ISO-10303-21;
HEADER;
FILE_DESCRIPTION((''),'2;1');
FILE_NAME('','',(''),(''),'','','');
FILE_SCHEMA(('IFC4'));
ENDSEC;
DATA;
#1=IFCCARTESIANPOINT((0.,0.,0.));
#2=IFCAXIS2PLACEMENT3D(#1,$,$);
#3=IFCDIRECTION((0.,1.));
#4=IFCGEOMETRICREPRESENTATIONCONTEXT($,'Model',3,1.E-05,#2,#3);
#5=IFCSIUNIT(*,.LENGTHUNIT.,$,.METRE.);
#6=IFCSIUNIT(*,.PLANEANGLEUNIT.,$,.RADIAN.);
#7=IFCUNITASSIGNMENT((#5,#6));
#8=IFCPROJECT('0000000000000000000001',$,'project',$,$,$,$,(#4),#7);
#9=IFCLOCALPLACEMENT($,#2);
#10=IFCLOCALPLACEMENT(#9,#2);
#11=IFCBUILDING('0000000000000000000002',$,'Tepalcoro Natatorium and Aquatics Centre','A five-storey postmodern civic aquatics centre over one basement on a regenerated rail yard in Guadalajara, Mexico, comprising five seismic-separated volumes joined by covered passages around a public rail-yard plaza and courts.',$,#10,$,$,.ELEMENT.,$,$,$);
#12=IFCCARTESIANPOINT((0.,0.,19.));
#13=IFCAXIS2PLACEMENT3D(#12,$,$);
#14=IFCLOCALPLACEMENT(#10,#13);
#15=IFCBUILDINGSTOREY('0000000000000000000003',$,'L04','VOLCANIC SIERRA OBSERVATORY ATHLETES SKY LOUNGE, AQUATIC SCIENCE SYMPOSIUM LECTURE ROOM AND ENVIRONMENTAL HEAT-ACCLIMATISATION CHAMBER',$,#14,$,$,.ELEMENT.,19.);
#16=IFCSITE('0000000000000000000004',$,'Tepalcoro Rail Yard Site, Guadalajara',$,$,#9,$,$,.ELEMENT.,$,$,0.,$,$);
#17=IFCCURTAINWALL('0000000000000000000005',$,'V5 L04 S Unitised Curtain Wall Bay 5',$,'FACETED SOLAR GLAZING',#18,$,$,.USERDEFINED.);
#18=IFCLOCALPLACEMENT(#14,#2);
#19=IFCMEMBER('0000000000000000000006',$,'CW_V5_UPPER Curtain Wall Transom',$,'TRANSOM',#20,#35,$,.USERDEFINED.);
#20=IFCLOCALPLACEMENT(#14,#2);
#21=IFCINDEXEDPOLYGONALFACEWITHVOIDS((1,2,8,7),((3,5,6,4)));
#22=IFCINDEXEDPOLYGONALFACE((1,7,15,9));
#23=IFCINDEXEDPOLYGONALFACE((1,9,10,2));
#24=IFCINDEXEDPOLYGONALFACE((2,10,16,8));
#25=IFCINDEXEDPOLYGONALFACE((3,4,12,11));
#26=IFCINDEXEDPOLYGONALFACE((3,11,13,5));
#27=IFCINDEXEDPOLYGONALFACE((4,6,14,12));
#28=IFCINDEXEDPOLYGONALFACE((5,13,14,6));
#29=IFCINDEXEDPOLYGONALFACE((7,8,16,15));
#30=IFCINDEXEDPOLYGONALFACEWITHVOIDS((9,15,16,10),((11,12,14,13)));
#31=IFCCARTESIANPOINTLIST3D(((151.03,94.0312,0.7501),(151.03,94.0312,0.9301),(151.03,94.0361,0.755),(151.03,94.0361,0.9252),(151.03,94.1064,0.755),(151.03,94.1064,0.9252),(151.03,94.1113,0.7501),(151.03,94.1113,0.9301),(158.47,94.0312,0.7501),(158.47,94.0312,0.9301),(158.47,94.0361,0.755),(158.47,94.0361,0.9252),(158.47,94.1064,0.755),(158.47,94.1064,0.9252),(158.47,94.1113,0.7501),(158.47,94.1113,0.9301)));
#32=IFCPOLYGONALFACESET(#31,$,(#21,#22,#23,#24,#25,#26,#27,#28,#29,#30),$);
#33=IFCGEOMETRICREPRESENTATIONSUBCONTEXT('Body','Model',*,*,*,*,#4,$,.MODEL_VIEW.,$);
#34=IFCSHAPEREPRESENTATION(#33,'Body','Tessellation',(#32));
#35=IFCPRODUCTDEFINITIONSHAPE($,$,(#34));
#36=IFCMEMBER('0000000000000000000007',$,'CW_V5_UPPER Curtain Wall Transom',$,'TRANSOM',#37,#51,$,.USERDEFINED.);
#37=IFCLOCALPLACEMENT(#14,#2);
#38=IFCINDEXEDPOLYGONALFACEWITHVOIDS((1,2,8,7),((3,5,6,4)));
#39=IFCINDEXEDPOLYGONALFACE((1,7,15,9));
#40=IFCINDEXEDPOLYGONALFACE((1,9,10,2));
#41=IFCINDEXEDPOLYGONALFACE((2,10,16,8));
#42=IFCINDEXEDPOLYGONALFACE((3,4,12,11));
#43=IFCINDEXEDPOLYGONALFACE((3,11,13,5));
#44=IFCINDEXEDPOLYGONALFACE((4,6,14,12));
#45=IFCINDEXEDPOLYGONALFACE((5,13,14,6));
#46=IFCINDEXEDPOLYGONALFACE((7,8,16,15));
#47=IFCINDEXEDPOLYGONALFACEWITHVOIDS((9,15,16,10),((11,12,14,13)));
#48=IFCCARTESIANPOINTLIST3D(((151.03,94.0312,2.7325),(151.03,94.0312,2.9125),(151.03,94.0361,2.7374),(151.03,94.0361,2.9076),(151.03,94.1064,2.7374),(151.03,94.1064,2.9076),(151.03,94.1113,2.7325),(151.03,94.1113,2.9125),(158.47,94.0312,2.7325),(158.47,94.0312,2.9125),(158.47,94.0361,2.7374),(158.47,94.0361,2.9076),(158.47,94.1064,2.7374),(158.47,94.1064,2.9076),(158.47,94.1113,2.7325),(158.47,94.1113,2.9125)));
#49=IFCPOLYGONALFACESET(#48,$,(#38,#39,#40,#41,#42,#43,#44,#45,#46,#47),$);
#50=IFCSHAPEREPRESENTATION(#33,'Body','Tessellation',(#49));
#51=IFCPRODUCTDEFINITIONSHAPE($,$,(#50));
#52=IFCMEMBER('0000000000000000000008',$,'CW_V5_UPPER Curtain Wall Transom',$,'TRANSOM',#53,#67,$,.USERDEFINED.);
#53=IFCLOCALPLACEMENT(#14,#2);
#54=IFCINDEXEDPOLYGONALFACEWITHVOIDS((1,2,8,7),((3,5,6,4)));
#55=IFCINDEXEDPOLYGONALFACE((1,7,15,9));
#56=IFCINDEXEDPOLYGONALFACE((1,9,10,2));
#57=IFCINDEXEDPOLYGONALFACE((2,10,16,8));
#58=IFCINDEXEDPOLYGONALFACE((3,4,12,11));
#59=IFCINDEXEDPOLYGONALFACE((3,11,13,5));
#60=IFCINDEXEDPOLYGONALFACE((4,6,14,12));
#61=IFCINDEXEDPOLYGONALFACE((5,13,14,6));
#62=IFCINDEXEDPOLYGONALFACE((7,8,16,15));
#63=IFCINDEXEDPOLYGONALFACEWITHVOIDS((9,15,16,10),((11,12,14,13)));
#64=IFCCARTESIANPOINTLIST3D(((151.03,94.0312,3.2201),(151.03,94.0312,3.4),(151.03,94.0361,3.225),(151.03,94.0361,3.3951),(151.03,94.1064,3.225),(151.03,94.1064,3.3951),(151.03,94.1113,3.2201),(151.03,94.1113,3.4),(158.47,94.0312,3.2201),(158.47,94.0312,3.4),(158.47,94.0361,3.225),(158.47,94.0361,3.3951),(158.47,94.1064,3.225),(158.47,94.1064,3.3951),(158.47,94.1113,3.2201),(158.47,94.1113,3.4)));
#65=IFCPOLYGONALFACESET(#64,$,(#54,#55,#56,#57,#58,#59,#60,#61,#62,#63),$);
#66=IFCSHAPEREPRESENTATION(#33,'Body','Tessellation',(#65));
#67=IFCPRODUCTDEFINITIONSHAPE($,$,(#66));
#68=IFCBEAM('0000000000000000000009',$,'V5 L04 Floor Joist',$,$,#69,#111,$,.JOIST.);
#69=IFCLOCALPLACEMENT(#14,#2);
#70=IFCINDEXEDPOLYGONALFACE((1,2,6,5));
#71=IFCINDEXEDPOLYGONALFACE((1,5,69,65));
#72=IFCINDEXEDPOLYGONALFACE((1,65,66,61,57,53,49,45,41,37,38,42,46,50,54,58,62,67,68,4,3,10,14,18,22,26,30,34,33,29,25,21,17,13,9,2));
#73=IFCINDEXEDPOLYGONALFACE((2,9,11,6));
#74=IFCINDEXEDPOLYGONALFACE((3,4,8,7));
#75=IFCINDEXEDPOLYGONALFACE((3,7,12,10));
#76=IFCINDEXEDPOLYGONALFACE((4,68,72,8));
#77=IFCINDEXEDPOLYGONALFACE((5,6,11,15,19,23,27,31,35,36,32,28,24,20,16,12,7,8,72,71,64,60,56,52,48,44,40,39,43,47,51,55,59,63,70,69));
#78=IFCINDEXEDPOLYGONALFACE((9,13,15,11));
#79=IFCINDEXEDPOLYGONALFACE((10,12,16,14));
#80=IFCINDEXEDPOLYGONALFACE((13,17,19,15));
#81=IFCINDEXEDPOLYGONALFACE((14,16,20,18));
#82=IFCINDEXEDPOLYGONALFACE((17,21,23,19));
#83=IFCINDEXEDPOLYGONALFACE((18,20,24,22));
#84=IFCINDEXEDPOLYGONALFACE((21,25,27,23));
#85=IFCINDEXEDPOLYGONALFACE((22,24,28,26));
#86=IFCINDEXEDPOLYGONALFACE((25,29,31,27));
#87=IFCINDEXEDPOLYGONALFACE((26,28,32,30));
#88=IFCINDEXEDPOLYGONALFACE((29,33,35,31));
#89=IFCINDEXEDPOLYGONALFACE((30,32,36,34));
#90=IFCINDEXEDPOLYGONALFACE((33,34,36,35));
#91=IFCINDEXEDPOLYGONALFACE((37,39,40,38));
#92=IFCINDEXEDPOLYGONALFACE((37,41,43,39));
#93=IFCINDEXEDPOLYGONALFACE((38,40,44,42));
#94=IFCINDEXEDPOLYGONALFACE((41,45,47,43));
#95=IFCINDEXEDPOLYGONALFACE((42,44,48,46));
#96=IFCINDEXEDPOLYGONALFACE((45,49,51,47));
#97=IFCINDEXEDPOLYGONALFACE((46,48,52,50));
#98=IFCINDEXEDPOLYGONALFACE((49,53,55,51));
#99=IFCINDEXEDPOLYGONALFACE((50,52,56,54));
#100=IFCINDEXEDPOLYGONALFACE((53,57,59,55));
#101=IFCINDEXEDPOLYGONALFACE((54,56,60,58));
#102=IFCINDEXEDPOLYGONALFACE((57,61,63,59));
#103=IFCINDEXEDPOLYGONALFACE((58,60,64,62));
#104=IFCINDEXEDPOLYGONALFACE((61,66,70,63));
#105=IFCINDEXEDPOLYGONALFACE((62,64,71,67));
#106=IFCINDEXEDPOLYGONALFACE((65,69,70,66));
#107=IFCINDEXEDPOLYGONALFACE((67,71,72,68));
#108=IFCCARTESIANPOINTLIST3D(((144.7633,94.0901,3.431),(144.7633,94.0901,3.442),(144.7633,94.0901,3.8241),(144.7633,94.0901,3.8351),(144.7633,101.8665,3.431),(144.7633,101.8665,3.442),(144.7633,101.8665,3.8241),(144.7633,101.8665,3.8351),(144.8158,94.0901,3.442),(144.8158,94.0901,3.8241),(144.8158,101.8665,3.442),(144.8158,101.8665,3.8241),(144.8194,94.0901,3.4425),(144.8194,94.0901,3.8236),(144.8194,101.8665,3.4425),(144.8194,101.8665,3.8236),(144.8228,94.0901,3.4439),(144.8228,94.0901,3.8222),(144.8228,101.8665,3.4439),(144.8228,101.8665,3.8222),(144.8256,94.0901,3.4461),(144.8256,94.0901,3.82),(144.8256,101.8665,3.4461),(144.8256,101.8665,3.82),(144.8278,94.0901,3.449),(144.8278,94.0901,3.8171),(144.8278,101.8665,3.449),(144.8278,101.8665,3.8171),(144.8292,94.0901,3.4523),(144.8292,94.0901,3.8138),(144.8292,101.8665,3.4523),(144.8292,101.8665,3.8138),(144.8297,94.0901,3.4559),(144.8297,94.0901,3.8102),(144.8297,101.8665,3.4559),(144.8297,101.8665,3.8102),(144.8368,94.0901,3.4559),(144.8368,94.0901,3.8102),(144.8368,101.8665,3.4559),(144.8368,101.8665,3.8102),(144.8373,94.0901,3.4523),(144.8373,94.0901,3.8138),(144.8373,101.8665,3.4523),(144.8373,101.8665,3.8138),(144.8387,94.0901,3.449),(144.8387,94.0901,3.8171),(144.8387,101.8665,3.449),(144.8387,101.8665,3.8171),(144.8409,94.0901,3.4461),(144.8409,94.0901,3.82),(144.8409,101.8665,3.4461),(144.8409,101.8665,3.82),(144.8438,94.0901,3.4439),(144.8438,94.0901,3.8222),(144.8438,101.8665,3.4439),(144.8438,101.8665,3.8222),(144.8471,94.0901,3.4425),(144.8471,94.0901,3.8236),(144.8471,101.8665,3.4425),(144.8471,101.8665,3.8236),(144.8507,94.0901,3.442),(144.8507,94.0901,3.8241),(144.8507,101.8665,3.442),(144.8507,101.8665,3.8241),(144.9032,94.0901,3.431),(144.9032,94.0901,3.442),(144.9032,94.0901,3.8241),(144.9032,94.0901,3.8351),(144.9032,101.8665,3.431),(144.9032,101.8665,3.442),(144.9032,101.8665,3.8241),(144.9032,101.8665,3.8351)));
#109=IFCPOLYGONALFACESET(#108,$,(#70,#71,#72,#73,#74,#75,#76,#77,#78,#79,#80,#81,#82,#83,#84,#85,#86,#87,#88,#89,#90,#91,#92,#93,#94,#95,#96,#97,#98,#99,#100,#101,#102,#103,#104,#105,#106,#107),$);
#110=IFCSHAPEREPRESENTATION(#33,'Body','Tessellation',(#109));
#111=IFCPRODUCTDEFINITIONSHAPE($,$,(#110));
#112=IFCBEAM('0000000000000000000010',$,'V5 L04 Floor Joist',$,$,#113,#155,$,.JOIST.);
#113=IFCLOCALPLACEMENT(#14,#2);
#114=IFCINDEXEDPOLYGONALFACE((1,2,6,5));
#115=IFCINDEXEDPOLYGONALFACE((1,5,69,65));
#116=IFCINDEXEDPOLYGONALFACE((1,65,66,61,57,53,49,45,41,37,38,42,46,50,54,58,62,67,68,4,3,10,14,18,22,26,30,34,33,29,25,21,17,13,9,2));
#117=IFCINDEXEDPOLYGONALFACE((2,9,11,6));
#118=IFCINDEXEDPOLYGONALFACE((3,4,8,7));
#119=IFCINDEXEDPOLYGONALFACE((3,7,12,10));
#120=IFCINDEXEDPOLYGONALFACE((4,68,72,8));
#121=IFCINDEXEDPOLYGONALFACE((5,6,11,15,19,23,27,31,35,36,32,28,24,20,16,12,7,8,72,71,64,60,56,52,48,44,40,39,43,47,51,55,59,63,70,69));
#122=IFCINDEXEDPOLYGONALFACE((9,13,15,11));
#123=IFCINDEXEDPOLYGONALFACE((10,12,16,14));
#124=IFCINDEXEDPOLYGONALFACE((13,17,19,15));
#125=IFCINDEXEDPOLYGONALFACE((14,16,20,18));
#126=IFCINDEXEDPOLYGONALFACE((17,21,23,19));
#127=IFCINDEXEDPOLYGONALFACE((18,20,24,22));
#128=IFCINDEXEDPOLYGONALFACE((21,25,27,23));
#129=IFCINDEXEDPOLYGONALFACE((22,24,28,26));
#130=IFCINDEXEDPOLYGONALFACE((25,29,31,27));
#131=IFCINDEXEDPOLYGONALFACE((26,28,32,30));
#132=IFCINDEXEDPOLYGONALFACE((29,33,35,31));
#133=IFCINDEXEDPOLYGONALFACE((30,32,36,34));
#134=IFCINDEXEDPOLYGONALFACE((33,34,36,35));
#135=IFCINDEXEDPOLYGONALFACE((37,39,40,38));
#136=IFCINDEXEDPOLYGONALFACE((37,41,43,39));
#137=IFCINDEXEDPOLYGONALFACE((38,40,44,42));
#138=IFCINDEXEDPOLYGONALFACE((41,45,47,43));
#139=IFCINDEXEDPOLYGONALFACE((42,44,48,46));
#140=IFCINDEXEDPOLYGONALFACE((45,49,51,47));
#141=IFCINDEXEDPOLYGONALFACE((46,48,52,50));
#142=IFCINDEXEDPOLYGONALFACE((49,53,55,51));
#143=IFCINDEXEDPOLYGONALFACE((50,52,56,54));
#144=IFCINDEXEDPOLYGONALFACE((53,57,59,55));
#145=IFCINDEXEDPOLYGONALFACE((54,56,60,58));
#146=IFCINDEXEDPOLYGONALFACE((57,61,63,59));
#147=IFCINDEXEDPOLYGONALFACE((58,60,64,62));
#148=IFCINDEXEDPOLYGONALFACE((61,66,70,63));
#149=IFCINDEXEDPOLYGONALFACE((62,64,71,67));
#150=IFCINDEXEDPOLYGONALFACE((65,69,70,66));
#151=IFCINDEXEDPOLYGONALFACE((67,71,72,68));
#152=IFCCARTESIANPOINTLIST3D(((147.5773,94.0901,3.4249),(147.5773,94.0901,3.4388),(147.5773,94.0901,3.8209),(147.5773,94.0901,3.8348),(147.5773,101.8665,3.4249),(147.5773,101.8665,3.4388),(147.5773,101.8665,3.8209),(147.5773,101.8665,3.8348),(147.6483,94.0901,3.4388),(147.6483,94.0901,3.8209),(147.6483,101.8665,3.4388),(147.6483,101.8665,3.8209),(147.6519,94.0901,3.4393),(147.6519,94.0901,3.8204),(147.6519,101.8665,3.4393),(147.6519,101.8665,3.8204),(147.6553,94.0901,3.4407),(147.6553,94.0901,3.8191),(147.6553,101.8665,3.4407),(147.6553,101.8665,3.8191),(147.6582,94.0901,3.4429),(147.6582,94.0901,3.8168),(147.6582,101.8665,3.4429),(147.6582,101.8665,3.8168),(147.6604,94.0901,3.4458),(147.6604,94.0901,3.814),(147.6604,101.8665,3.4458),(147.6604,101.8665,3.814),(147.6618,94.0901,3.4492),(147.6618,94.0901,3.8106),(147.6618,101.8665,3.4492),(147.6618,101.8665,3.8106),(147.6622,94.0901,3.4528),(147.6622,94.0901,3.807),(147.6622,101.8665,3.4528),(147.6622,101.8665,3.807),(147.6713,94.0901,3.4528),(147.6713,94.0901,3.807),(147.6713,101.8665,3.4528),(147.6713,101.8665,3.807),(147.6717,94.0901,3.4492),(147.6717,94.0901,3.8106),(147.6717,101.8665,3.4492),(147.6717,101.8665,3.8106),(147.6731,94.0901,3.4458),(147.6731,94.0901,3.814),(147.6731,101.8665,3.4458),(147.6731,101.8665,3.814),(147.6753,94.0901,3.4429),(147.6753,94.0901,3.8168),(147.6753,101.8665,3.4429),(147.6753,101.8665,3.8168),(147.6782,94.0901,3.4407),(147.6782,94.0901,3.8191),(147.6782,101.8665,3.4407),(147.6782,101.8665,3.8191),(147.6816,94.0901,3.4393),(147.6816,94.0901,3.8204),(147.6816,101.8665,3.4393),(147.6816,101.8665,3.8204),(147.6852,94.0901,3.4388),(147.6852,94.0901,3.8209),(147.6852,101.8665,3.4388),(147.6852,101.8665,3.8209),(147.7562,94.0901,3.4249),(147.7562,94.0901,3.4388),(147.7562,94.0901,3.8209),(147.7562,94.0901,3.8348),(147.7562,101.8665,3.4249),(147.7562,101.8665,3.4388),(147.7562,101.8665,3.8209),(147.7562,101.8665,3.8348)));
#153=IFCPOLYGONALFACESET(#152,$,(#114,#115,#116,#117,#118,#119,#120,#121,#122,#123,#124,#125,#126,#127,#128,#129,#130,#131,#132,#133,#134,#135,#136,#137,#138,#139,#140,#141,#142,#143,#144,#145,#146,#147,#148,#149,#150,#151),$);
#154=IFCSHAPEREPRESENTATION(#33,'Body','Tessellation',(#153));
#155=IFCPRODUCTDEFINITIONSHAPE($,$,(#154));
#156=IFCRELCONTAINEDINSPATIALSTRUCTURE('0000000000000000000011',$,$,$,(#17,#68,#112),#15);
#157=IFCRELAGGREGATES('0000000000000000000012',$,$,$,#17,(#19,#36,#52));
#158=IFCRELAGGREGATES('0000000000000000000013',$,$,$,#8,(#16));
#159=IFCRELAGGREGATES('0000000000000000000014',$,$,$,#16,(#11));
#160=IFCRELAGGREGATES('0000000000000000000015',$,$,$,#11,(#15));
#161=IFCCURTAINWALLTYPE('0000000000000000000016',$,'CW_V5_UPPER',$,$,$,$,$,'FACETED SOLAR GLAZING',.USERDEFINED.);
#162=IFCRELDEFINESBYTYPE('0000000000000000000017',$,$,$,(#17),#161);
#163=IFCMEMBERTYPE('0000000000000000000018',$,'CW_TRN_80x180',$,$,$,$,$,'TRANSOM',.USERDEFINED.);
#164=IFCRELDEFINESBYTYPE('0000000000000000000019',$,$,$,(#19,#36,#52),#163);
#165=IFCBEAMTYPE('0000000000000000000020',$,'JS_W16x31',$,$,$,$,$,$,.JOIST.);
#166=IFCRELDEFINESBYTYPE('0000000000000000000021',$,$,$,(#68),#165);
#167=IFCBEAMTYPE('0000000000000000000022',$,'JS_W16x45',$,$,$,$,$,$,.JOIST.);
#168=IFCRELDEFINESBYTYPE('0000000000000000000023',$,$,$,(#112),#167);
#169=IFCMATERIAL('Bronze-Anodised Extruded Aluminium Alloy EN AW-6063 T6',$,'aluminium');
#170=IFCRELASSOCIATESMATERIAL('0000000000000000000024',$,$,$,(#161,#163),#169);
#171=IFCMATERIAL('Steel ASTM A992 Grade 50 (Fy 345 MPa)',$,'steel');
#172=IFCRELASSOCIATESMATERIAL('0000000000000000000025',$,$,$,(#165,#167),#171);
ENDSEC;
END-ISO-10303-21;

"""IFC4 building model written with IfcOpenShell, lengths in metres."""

from ifc_helpers import new_model, si_unit, direction, frame, origin, origin_2d, place, context, subcontext, project, spatial, hollow_rectangle, i_section, extrude, material, material_profile, profile_set, type_object, element, aggregate, save


model = new_model("IFC4")

# Units and contexts
model_context = context("Model", 3, precision=1e-05, world=origin(), true_north=direction((0.0, 1.0)))
body_context = subcontext(model_context, "Body", "Model", "MODEL_VIEW")
ifc_project = project(units=[si_unit("LENGTHUNIT", "METRE"), si_unit("PLANEANGLEUNIT", "RADIAN")], contexts=[model_context])

# Site, building, storey
site_placement = place(None, origin())
site = spatial("IfcSite", under=ifc_project, at=site_placement, Name="Tepalcoro Rail Yard Site, Guadalajara", CompositionType="ELEMENT", RefElevation=0.0)
building_placement = place(site_placement, origin())
building = spatial("IfcBuilding", under=site, at=building_placement, Name="Tepalcoro Natatorium and Aquatics Centre", Description="A five-storey postmodern civic aquatics centre over one basement on a regenerated rail yard in Guadalajara, Mexico, comprising five seismic-separated volumes joined by covered passages around a public rail-yard plaza and courts.", CompositionType="ELEMENT")
storey_placement = place(building_placement, frame((0.0, 0.0, 19.0)))
storey = spatial("IfcBuildingStorey", under=building, at=storey_placement, Name="L04", Description="VOLCANIC SIERRA OBSERVATORY ATHLETES SKY LOUNGE, AQUATIC SCIENCE SYMPOSIUM LECTURE ROOM AND ENVIRONMENTAL HEAT-ACCLIMATISATION CHAMBER", CompositionType="ELEMENT", Elevation=19.0)

# Shared definitions
ifc_material_1 = material(Name="Steel ASTM A992 Grade 50 (Fy 345 MPa)", Category="steel")

# Curtain wall, members
ifc_material_2 = material(Name="Bronze-Anodised Extruded Aluminium Alloy EN AW-6063 T6", Category="aluminium")
curtain_wall_type_1 = type_object("IfcCurtainWallType", Name="CW_V5_UPPER", ElementType="FACETED SOLAR GLAZING", PredefinedType="USERDEFINED", material=ifc_material_2)
curtain_wall_1_placement = place(storey_placement, origin())
curtain_wall_1 = element("IfcCurtainWall", 1, at=curtain_wall_1_placement, inside=storey, type_object=curtain_wall_type_1, Name="V5 L04 S Unitised Curtain Wall Bay 5", ObjectType="FACETED SOLAR GLAZING", PredefinedType="USERDEFINED")
ifc_material_profile_1 = material_profile(ifc_material_2, hollow_rectangle(XDim=0.0801, YDim=0.1799, WallThickness=0.0049, at=origin_2d()), Name="AL80X180X5")
ifc_profile_set_1 = profile_set([ifc_material_profile_1], Name="Bronze-Anodised Extruded Aluminium Alloy EN AW-6063 T6")
member_type_1 = type_object("IfcMemberType", Name="CW_TRN_80x180", ElementType="TRANSOM", PredefinedType="USERDEFINED", material=ifc_profile_set_1)
member_1_placement = place(storey_placement, frame((151.03, 94.0713, 0.8401), z_axis=(1.0, 0.0, 0.0), x_axis=(0.0, 1.0, 0.0)))
member_1 = element("IfcMember", 2, at=member_1_placement, type_object=member_type_1, Name="CW_V5_UPPER Curtain Wall Transom", ObjectType="TRANSOM", PredefinedType="USERDEFINED", context=body_context, shape_type="SweptSolid", body=[
    extrude(hollow_rectangle(XDim=0.0801, YDim=0.1799, WallThickness=0.0049, at=origin_2d()), origin(), (0.0, 0.0, 1.0), 7.4399),
])
member_2_placement = place(storey_placement, frame((151.03, 94.0713, 2.8225), z_axis=(1.0, 0.0, 0.0), x_axis=(0.0, 1.0, 0.0)))
member_2 = element("IfcMember", 3, at=member_2_placement, type_object=member_type_1, Name="CW_V5_UPPER Curtain Wall Transom", ObjectType="TRANSOM", PredefinedType="USERDEFINED", context=body_context, shape_type="SweptSolid", body=[
    extrude(hollow_rectangle(XDim=0.0801, YDim=0.1799, WallThickness=0.0049, at=origin_2d()), origin(), (0.0, 0.0, 1.0), 7.4399),
])
member_3_placement = place(storey_placement, frame((151.03, 94.0713, 3.3101), z_axis=(1.0, 0.0, 0.0), x_axis=(0.0, 1.0, 0.0)))
member_3 = element("IfcMember", 4, at=member_3_placement, type_object=member_type_1, Name="CW_V5_UPPER Curtain Wall Transom", ObjectType="TRANSOM", PredefinedType="USERDEFINED", context=body_context, shape_type="SweptSolid", body=[
    extrude(hollow_rectangle(XDim=0.0801, YDim=0.1799, WallThickness=0.0049, at=origin_2d()), origin(), (0.0, 0.0, 1.0), 7.4399),
])

# Beams
ifc_material_profile_2 = material_profile(ifc_material_1, i_section(OverallWidth=0.1399, OverallDepth=0.4041, WebThickness=0.0071, FlangeThickness=0.011, FilletRadius=0.0139, at=origin_2d()), Name="W16X31")
ifc_profile_set_2 = profile_set([ifc_material_profile_2], Name="Steel ASTM A992 Grade 50 (Fy 345 MPa)")
beam_type_1 = type_object("IfcBeamType", Name="JS_W16x31", PredefinedType="JOIST", material=ifc_profile_set_2)
beam_1_placement = place(storey_placement, frame((144.8333, 94.0901, 3.6331), z_axis=(0.0, 1.0, 0.0), x_axis=(-1.0, 0.0, 0.0)))
element("IfcBeam", 5, at=beam_1_placement, inside=storey, type_object=beam_type_1, Name="V5 L04 Floor Joist", PredefinedType="JOIST", context=body_context, shape_type="SweptSolid", body=[
    extrude(i_section(OverallWidth=0.1399, OverallDepth=0.4041, WebThickness=0.0071, FlangeThickness=0.011, FilletRadius=0.0139, at=origin_2d()), origin(), (0.0, 0.0, 1.0), 7.7764),
])
ifc_material_profile_3 = material_profile(ifc_material_1, i_section(OverallWidth=0.179, OverallDepth=0.4099, WebThickness=0.009, FlangeThickness=0.0139, FilletRadius=0.0139, at=origin_2d()), Name="W16X45")
ifc_profile_set_3 = profile_set([ifc_material_profile_3], Name="Steel ASTM A992 Grade 50 (Fy 345 MPa)")
beam_type_2 = type_object("IfcBeamType", Name="JS_W16x45", PredefinedType="JOIST", material=ifc_profile_set_3)
beam_2_placement = place(storey_placement, frame((147.6667, 94.0901, 3.6299), z_axis=(0.0, 1.0, 0.0), x_axis=(-1.0, 0.0, 0.0)))
element("IfcBeam", 6, at=beam_2_placement, inside=storey, type_object=beam_type_2, Name="V5 L04 Floor Joist", PredefinedType="JOIST", context=body_context, shape_type="SweptSolid", body=[
    extrude(i_section(OverallWidth=0.179, OverallDepth=0.4099, WebThickness=0.009, FlangeThickness=0.0139, FilletRadius=0.0139, at=origin_2d()), origin(), (0.0, 0.0, 1.0), 7.7764),
])

aggregate(curtain_wall_1, [member_1, member_2, member_3])

save(model, "model.ifc")
